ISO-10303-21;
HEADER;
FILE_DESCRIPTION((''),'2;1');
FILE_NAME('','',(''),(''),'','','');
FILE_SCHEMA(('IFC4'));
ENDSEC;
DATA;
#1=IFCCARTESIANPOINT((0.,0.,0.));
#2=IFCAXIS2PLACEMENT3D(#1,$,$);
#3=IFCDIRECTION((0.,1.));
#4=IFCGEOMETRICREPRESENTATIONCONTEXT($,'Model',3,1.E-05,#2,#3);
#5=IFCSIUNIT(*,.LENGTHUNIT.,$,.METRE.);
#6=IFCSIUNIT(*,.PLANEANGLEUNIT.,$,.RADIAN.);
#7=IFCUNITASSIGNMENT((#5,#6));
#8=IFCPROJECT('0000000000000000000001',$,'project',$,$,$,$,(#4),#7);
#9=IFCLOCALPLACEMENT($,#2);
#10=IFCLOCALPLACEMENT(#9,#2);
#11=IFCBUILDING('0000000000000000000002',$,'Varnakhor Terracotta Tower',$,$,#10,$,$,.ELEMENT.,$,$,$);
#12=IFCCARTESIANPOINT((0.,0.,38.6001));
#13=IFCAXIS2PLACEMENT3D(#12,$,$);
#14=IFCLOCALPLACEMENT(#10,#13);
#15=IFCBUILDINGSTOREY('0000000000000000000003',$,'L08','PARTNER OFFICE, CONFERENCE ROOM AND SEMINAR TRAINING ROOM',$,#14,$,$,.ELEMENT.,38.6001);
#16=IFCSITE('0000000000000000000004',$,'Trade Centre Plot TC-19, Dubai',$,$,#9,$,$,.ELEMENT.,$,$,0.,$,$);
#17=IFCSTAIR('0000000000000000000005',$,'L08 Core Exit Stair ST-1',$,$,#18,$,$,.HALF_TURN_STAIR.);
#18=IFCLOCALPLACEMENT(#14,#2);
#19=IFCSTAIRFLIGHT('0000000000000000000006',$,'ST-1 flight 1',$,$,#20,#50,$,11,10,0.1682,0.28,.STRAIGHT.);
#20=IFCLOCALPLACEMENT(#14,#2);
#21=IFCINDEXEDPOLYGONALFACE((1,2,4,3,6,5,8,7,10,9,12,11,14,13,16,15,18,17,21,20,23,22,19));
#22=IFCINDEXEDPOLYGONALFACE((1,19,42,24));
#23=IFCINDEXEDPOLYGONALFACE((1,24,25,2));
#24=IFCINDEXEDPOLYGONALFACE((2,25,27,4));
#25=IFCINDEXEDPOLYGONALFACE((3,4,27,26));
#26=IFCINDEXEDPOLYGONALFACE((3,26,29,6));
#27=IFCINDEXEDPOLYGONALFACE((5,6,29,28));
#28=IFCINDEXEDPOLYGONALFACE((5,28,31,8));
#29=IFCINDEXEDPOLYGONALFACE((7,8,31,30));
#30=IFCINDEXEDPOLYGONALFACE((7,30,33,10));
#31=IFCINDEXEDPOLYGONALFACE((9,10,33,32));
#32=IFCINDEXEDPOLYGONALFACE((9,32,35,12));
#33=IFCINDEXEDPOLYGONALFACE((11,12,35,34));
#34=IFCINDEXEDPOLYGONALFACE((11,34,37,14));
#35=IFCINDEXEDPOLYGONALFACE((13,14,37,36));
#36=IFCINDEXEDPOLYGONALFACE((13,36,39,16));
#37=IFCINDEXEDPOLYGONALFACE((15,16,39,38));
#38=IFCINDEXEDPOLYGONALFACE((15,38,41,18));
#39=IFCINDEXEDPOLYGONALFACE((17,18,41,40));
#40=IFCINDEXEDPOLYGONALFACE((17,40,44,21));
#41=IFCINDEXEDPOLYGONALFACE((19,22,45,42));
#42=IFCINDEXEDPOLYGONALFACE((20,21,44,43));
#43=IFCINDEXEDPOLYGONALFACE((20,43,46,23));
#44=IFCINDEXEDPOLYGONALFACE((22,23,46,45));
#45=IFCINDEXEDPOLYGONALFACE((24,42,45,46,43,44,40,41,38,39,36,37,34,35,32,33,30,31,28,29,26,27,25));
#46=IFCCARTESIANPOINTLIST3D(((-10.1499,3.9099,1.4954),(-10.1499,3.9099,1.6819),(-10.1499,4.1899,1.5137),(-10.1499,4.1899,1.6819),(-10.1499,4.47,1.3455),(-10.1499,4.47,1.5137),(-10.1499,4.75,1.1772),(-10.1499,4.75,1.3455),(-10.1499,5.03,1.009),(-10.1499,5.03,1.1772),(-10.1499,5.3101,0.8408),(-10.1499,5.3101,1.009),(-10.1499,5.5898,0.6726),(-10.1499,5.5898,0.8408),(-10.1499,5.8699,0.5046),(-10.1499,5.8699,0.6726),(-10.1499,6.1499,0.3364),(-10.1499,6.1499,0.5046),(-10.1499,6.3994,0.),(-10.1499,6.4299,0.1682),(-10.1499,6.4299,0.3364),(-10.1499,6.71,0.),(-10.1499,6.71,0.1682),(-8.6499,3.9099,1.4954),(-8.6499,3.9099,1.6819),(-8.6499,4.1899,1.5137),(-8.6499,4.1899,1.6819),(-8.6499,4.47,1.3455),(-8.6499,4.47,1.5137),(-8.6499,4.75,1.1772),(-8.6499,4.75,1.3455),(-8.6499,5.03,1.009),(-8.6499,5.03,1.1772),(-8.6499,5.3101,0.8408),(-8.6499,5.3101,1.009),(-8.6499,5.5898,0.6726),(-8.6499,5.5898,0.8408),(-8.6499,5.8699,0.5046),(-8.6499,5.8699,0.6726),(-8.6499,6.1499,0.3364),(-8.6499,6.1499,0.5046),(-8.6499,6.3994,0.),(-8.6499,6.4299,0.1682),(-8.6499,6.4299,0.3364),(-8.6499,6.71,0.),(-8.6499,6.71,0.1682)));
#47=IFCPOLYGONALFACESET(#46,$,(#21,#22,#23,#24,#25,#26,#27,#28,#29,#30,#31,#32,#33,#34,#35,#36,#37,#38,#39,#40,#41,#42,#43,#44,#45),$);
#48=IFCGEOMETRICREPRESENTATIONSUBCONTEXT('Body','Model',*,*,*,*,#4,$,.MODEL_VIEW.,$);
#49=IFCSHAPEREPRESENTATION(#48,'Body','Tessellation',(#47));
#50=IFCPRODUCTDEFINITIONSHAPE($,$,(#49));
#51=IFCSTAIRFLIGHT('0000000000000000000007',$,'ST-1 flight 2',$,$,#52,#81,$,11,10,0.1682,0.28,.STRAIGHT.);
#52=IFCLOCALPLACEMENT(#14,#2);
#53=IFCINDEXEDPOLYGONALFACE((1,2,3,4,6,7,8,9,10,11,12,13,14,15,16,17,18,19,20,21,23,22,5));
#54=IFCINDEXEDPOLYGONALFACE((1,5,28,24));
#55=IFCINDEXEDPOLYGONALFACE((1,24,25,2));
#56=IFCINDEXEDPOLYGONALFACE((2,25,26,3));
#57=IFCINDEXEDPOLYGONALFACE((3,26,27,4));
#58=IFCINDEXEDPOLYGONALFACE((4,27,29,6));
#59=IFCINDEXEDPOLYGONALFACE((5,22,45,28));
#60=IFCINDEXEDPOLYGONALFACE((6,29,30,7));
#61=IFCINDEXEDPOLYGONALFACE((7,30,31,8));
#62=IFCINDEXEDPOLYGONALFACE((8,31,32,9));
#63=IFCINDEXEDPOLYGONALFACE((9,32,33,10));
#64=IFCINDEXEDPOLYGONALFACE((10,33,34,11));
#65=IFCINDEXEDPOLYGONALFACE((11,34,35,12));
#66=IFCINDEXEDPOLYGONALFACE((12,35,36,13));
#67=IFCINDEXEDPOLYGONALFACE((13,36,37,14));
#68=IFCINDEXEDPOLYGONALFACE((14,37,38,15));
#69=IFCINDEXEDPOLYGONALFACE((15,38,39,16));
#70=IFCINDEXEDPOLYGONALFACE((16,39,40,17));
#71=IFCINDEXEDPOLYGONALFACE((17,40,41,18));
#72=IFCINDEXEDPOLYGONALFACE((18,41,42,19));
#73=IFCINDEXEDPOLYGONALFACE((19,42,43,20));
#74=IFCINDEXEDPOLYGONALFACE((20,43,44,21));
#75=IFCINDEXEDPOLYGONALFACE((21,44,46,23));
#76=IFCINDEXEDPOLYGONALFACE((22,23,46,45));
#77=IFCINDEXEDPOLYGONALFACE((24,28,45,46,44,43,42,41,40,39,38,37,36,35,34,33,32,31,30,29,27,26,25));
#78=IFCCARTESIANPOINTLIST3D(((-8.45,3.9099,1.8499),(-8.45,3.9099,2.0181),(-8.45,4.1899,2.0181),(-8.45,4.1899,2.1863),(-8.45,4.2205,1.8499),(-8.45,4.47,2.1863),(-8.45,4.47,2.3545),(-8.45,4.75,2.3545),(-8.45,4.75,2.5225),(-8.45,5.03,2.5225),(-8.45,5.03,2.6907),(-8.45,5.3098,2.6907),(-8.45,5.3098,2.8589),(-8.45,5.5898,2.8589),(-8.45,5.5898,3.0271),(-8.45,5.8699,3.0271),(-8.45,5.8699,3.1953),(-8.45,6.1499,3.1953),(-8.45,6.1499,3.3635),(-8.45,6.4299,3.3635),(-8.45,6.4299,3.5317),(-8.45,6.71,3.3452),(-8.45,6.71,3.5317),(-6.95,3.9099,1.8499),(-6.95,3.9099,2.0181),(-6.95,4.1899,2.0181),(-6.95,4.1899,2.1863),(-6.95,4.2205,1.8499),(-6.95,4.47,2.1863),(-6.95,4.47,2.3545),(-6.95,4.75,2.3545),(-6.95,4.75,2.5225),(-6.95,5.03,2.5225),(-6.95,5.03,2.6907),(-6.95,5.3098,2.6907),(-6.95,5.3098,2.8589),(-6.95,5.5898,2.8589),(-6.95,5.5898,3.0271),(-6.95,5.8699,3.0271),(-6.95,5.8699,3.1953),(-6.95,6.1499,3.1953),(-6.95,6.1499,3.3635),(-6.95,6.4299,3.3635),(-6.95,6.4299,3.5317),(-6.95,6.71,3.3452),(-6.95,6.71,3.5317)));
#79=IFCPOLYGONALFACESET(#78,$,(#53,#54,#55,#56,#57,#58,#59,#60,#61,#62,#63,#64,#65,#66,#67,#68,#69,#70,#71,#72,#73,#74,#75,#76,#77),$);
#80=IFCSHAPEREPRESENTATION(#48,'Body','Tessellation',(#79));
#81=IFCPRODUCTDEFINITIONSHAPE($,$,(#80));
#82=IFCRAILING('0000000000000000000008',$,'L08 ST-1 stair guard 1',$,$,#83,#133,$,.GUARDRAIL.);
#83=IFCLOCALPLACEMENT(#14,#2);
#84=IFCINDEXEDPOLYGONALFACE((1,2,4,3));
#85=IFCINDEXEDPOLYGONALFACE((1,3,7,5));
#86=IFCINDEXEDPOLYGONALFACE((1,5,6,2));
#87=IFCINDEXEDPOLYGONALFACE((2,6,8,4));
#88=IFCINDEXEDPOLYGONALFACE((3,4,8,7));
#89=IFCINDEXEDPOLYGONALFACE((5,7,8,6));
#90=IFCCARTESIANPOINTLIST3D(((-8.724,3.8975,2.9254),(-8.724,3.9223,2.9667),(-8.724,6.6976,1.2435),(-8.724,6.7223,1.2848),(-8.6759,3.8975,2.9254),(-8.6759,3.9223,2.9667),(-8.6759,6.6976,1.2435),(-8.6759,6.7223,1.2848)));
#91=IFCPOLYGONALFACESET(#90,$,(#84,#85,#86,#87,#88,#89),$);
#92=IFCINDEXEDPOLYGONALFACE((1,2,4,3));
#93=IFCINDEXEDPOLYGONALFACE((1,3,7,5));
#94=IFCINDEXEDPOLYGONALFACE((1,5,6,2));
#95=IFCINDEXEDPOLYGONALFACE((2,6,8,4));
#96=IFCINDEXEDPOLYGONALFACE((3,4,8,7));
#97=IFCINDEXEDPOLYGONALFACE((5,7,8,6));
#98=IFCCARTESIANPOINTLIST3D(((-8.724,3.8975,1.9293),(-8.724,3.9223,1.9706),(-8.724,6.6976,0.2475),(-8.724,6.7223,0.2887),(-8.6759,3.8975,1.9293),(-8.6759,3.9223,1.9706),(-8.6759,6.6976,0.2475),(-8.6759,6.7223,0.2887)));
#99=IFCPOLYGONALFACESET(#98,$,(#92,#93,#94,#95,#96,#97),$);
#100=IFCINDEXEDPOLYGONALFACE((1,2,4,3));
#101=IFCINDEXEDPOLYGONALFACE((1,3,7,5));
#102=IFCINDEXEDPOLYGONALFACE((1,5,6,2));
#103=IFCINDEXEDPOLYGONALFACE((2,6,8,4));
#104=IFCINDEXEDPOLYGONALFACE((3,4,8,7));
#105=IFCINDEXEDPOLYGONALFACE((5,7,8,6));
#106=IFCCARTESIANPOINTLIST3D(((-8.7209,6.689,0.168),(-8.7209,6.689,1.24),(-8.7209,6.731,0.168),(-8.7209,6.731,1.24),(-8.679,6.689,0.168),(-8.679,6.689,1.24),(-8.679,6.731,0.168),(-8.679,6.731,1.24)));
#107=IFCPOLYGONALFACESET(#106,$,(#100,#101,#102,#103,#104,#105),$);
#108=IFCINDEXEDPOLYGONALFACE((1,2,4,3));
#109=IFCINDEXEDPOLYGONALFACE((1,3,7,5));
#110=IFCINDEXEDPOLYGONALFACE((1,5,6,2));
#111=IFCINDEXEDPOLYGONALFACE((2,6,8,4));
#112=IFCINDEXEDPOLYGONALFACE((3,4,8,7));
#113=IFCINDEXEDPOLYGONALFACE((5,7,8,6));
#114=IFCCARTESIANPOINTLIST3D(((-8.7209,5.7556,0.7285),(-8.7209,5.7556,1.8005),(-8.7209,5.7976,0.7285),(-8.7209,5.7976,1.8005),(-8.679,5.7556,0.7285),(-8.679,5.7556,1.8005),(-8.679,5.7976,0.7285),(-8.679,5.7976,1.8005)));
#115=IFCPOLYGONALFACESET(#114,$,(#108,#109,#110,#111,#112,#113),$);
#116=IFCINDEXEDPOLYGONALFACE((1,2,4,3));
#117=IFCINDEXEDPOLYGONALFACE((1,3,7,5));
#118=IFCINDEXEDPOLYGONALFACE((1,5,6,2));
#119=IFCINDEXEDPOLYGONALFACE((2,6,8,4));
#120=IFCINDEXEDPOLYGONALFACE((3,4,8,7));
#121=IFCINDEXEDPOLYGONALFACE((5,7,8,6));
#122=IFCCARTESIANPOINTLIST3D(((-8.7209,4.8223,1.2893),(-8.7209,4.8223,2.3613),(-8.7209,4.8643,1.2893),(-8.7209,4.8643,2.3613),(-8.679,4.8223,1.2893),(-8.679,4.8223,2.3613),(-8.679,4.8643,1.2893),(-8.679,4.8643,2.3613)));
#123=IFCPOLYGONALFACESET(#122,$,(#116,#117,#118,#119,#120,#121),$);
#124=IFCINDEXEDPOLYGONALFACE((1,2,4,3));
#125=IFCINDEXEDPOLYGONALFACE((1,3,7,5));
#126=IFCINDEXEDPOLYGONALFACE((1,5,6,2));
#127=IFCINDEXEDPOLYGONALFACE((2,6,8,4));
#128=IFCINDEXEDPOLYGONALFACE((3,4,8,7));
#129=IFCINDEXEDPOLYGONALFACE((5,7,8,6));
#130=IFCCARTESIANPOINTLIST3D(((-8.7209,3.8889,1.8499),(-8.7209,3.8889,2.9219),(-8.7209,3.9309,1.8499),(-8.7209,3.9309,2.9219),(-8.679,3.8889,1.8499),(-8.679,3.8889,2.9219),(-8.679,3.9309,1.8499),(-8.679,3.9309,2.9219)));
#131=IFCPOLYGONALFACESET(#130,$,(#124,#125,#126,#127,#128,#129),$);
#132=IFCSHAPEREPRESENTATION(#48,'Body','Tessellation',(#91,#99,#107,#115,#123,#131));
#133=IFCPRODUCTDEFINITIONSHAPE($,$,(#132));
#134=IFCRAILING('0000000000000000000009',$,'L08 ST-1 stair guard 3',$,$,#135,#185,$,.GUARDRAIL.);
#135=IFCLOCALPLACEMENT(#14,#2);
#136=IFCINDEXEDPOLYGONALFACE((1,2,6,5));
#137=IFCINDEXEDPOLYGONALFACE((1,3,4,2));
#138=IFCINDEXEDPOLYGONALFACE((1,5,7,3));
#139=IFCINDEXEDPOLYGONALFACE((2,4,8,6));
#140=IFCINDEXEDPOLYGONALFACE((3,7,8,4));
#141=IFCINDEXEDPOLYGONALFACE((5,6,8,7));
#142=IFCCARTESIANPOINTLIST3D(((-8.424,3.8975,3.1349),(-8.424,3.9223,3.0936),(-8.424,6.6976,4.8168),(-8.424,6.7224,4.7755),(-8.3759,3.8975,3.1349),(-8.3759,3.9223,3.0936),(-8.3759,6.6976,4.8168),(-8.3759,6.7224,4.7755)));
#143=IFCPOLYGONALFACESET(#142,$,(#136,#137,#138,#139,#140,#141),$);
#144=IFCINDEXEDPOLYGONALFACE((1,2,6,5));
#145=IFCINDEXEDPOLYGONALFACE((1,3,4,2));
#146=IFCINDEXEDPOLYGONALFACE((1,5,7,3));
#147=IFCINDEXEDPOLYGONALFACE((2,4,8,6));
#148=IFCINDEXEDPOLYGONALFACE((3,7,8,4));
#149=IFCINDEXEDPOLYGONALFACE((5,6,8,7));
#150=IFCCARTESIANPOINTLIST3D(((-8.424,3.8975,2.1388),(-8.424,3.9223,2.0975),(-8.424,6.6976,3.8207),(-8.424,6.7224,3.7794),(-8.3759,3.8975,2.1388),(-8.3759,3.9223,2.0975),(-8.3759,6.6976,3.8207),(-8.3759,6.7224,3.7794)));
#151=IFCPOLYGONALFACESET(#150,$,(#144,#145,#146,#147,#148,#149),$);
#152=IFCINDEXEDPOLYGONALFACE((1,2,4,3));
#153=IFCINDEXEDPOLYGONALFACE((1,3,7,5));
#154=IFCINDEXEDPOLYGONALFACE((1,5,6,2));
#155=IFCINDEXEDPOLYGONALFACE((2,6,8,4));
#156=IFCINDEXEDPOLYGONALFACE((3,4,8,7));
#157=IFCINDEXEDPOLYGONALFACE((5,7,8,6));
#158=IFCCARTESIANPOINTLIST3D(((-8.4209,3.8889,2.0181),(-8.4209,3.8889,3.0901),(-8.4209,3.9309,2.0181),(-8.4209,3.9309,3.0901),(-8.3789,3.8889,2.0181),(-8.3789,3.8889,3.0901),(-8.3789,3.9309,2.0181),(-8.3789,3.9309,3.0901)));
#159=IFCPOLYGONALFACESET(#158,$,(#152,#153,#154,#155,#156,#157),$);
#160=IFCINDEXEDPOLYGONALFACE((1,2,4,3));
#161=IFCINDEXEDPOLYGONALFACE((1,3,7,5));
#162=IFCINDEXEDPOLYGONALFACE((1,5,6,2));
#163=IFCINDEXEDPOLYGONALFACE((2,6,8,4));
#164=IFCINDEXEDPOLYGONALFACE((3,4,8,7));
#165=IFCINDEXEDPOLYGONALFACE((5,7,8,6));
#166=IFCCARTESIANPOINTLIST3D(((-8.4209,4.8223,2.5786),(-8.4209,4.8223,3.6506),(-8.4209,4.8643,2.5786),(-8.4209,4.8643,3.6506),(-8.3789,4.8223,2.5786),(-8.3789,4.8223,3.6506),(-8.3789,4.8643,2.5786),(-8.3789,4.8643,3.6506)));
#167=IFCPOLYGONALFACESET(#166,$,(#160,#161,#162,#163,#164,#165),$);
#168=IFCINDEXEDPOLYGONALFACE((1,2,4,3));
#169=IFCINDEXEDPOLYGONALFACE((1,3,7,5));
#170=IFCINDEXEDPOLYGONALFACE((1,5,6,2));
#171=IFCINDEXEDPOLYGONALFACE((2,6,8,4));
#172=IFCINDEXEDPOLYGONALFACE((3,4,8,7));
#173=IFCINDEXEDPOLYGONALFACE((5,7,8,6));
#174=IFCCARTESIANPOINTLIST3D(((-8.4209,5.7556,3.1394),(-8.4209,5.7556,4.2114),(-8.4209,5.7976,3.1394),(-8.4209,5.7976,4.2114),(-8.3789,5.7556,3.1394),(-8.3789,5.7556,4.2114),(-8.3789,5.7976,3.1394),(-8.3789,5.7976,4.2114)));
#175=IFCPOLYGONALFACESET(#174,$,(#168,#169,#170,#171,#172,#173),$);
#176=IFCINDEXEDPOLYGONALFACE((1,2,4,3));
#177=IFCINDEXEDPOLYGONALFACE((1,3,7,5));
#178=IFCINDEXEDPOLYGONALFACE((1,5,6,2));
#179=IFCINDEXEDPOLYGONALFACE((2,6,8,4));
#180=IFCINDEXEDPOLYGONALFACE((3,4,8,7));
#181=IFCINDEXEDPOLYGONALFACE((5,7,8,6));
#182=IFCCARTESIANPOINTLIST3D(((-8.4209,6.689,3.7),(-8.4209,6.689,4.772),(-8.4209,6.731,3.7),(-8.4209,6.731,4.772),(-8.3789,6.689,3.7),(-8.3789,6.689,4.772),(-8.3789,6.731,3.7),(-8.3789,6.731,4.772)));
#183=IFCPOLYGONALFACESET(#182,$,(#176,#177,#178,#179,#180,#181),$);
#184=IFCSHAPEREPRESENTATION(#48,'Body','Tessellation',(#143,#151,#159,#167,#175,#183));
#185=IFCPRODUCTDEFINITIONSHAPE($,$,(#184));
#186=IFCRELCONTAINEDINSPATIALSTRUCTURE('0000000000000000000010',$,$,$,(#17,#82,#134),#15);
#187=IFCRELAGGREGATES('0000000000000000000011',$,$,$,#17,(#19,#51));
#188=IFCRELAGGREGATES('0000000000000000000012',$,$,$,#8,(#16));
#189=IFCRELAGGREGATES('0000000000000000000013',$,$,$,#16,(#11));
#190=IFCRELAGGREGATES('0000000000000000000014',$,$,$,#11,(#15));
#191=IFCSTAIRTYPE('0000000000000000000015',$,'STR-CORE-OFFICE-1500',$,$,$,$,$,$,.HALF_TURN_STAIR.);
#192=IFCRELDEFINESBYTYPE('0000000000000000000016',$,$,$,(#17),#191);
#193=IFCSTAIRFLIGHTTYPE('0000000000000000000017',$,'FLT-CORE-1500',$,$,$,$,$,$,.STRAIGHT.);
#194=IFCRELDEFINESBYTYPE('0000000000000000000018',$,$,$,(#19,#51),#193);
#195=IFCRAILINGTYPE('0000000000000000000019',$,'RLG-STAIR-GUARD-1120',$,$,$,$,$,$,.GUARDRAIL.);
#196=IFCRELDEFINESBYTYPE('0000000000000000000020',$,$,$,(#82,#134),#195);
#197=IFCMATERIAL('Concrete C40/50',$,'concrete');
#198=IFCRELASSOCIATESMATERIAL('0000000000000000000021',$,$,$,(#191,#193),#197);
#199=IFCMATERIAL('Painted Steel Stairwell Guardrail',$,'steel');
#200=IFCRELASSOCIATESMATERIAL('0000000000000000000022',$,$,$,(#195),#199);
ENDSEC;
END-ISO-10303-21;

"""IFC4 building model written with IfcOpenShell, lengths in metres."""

from ifc_helpers import new_model, si_unit, direction, frame, origin, origin_2d, place, context, subcontext, project, spatial, polyline, rectangle, outline, extrude, material, type_object, element, aggregate, save


model = new_model("IFC4")

# Units and contexts
model_context = context("Model", 3, precision=1e-05, world=origin(), true_north=direction((0.0, 1.0)))
body_context = subcontext(model_context, "Body", "Model", "MODEL_VIEW")
ifc_project = project(units=[si_unit("LENGTHUNIT", "METRE"), si_unit("PLANEANGLEUNIT", "RADIAN")], contexts=[model_context])

# Site, building, storey
site_placement = place(None, origin())
site = spatial("IfcSite", under=ifc_project, at=site_placement, Name="Trade Centre Plot TC-19, Dubai", CompositionType="ELEMENT", RefElevation=0.0)
building_placement = place(site_placement, origin())
building = spatial("IfcBuilding", under=site, at=building_placement, Name="Varnakhor Terracotta Tower", CompositionType="ELEMENT")
storey_placement = place(building_placement, frame((0.0, 0.0, 38.6001)))
storey = spatial("IfcBuildingStorey", under=building, at=storey_placement, Name="L08", Description="PARTNER OFFICE, CONFERENCE ROOM AND SEMINAR TRAINING ROOM", CompositionType="ELEMENT", Elevation=38.6001)

# Shared definitions
ifc_material_1 = material(Name="Concrete C40/50", Category="concrete")

# Stair, stair flights
stair_type = type_object("IfcStairType", Name="STR-CORE-OFFICE-1500", PredefinedType="HALF_TURN_STAIR", material=ifc_material_1)
stair_placement = place(storey_placement, origin())
stair = element("IfcStair", 1, at=stair_placement, inside=storey, type_object=stair_type, Name="L08 Core Exit Stair ST-1", PredefinedType="HALF_TURN_STAIR")
stair_flight_type = type_object("IfcStairFlightType", Name="FLT-CORE-1500", PredefinedType="STRAIGHT", material=ifc_material_1)
stair_flight_1_placement = place(storey_placement, frame((-9.3999, 6.71, 0.0), z_axis=(0.0, 0.0, 1.0), x_axis=(0.0, -1.0, 0.0)))
stair_flight_1 = element("IfcStairFlight", 2, at=stair_flight_1_placement, type_object=stair_flight_type, Name="ST-1 flight 1", NumberOfRisers=11, NumberOfTreads=10, PredefinedType="STRAIGHT", RiserHeight=0.1682, TreadLength=0.28, context=body_context, shape_type="SweptSolid", body=[
    extrude(outline(polyline([(0.0, 0.0), (0.0, 0.1682), (0.28, 0.1682), (0.28, 0.3364), (0.5601, 0.3364), (0.5601, 0.5046), (0.8401, 0.5046), (0.8401, 0.6726), (1.1201, 0.6726), (1.1201, 0.8408), (1.3999, 0.8408), (1.3999, 1.009), (1.6799, 1.009), (1.6799, 1.1772), (1.96, 1.1772), (1.96, 1.3455), (2.24, 1.3455), (2.24, 1.5137), (2.52, 1.5137), (2.52, 1.6819), (2.8, 1.6819), (2.8, 1.8501), (2.8, 1.4954), (0.3105, 0.0), (0.0, 0.0)])), frame((0.0, 0.75, 0.0), z_axis=(0.0, -1.0, 0.0), x_axis=(1.0, 0.0, 0.0)), (0.0, 0.0, 1.0), 1.5),
])
stair_flight_2_placement = place(storey_placement, frame((-7.7, 3.9099, 1.8499), z_axis=(0.0, 0.0, 1.0), x_axis=(0.0, 1.0, 0.0)))
stair_flight_2 = element("IfcStairFlight", 3, at=stair_flight_2_placement, type_object=stair_flight_type, Name="ST-1 flight 2", NumberOfRisers=11, NumberOfTreads=10, PredefinedType="STRAIGHT", RiserHeight=0.1682, TreadLength=0.28, context=body_context, shape_type="SweptSolid", body=[
    extrude(outline(polyline([(0.0, 0.0), (0.0, 0.1682), (0.28, 0.1682), (0.28, 0.3364), (0.5601, 0.3364), (0.5601, 0.5046), (0.8401, 0.5046), (0.8401, 0.6726), (1.1201, 0.6726), (1.1201, 0.8408), (1.3999, 0.8408), (1.3999, 1.009), (1.6799, 1.009), (1.6799, 1.1772), (1.96, 1.1772), (1.96, 1.3455), (2.24, 1.3455), (2.24, 1.5137), (2.52, 1.5137), (2.52, 1.6819), (2.8, 1.6819), (2.8, 1.8501), (2.8, 1.4954), (0.3105, 0.0), (0.0, 0.0)])), frame((0.0, 0.75, 0.0), z_axis=(0.0, -1.0, 0.0), x_axis=(1.0, 0.0, 0.0)), (0.0, 0.0, 1.0), 1.5),
])
aggregate(stair, [stair_flight_1, stair_flight_2])

# Railings
ifc_material_2 = material(Name="Painted Steel Stairwell Guardrail", Category="steel")
railing_type_1 = type_object("IfcRailingType", Name="RLG-STAIR-GUARD-1120", PredefinedType="GUARDRAIL", material=ifc_material_2)
railing_1_placement = place(storey_placement, frame((-8.7, 6.71, 0.168)))
element("IfcRailing", 4, at=railing_1_placement, inside=storey, type_object=railing_type_1, Name="L08 ST-1 stair guard 1", PredefinedType="GUARDRAIL", context=body_context, shape_type="SweptSolid", body=[
    extrude(rectangle(XDim=0.0481, YDim=0.0481, at=origin_2d()), frame((0.0, 0.0, 1.0962), z_axis=(0.0, -0.857242, 0.514913), x_axis=(1.0, 0.0, 0.0)), (0.0, 0.0, 1.0), 3.2664),
    extrude(rectangle(XDim=0.0481, YDim=0.0481, at=origin_2d()), frame((0.0, 0.0, 0.1001), z_axis=(0.0, -0.857242, 0.514913), x_axis=(1.0, 0.0, 0.0)), (0.0, 0.0, 1.0), 3.2664),
    extrude(rectangle(XDim=0.042, YDim=0.042, at=origin_2d()), origin(), (0.0, 0.0, 1.0), 1.072),
    extrude(rectangle(XDim=0.042, YDim=0.042, at=origin_2d()), frame((0.0, -0.9333, 0.5605)), (0.0, 0.0, 1.0), 1.072),
    extrude(rectangle(XDim=0.042, YDim=0.042, at=origin_2d()), frame((0.0, -1.8667, 1.1213)), (0.0, 0.0, 1.0), 1.072),
    extrude(rectangle(XDim=0.042, YDim=0.042, at=origin_2d()), frame((0.0, -2.8, 1.6819)), (0.0, 0.0, 1.0), 1.072),
])
railing_2_placement = place(storey_placement, frame((-8.3999, 3.9099, 2.0181)))
element("IfcRailing", 5, at=railing_2_placement, inside=storey, type_object=railing_type_1, Name="L08 ST-1 stair guard 3", PredefinedType="GUARDRAIL", context=body_context, shape_type="SweptSolid", body=[
    extrude(rectangle(XDim=0.0481, YDim=0.0481, at=origin_2d()), frame((0.0, 0.0, 1.0962), z_axis=(0.0, 0.857242, 0.514913), x_axis=(-1.0, 0.0, 0.0)), (0.0, 0.0, 1.0), 3.2664),
    extrude(rectangle(XDim=0.0481, YDim=0.0481, at=origin_2d()), frame((0.0, 0.0, 0.1001), z_axis=(0.0, 0.857242, 0.514913), x_axis=(-1.0, 0.0, 0.0)), (0.0, 0.0, 1.0), 3.2664),
    extrude(rectangle(XDim=0.042, YDim=0.042, at=origin_2d()), origin(), (0.0, 0.0, 1.0), 1.072),
    extrude(rectangle(XDim=0.042, YDim=0.042, at=origin_2d()), frame((0.0, 0.9333, 0.5605)), (0.0, 0.0, 1.0), 1.072),
    extrude(rectangle(XDim=0.042, YDim=0.042, at=origin_2d()), frame((0.0, 1.8667, 1.1213)), (0.0, 0.0, 1.0), 1.072),
    extrude(rectangle(XDim=0.042, YDim=0.042, at=origin_2d()), frame((0.0, 2.8, 1.6819)), (0.0, 0.0, 1.0), 1.072),
])

save(model, "model.ifc")
